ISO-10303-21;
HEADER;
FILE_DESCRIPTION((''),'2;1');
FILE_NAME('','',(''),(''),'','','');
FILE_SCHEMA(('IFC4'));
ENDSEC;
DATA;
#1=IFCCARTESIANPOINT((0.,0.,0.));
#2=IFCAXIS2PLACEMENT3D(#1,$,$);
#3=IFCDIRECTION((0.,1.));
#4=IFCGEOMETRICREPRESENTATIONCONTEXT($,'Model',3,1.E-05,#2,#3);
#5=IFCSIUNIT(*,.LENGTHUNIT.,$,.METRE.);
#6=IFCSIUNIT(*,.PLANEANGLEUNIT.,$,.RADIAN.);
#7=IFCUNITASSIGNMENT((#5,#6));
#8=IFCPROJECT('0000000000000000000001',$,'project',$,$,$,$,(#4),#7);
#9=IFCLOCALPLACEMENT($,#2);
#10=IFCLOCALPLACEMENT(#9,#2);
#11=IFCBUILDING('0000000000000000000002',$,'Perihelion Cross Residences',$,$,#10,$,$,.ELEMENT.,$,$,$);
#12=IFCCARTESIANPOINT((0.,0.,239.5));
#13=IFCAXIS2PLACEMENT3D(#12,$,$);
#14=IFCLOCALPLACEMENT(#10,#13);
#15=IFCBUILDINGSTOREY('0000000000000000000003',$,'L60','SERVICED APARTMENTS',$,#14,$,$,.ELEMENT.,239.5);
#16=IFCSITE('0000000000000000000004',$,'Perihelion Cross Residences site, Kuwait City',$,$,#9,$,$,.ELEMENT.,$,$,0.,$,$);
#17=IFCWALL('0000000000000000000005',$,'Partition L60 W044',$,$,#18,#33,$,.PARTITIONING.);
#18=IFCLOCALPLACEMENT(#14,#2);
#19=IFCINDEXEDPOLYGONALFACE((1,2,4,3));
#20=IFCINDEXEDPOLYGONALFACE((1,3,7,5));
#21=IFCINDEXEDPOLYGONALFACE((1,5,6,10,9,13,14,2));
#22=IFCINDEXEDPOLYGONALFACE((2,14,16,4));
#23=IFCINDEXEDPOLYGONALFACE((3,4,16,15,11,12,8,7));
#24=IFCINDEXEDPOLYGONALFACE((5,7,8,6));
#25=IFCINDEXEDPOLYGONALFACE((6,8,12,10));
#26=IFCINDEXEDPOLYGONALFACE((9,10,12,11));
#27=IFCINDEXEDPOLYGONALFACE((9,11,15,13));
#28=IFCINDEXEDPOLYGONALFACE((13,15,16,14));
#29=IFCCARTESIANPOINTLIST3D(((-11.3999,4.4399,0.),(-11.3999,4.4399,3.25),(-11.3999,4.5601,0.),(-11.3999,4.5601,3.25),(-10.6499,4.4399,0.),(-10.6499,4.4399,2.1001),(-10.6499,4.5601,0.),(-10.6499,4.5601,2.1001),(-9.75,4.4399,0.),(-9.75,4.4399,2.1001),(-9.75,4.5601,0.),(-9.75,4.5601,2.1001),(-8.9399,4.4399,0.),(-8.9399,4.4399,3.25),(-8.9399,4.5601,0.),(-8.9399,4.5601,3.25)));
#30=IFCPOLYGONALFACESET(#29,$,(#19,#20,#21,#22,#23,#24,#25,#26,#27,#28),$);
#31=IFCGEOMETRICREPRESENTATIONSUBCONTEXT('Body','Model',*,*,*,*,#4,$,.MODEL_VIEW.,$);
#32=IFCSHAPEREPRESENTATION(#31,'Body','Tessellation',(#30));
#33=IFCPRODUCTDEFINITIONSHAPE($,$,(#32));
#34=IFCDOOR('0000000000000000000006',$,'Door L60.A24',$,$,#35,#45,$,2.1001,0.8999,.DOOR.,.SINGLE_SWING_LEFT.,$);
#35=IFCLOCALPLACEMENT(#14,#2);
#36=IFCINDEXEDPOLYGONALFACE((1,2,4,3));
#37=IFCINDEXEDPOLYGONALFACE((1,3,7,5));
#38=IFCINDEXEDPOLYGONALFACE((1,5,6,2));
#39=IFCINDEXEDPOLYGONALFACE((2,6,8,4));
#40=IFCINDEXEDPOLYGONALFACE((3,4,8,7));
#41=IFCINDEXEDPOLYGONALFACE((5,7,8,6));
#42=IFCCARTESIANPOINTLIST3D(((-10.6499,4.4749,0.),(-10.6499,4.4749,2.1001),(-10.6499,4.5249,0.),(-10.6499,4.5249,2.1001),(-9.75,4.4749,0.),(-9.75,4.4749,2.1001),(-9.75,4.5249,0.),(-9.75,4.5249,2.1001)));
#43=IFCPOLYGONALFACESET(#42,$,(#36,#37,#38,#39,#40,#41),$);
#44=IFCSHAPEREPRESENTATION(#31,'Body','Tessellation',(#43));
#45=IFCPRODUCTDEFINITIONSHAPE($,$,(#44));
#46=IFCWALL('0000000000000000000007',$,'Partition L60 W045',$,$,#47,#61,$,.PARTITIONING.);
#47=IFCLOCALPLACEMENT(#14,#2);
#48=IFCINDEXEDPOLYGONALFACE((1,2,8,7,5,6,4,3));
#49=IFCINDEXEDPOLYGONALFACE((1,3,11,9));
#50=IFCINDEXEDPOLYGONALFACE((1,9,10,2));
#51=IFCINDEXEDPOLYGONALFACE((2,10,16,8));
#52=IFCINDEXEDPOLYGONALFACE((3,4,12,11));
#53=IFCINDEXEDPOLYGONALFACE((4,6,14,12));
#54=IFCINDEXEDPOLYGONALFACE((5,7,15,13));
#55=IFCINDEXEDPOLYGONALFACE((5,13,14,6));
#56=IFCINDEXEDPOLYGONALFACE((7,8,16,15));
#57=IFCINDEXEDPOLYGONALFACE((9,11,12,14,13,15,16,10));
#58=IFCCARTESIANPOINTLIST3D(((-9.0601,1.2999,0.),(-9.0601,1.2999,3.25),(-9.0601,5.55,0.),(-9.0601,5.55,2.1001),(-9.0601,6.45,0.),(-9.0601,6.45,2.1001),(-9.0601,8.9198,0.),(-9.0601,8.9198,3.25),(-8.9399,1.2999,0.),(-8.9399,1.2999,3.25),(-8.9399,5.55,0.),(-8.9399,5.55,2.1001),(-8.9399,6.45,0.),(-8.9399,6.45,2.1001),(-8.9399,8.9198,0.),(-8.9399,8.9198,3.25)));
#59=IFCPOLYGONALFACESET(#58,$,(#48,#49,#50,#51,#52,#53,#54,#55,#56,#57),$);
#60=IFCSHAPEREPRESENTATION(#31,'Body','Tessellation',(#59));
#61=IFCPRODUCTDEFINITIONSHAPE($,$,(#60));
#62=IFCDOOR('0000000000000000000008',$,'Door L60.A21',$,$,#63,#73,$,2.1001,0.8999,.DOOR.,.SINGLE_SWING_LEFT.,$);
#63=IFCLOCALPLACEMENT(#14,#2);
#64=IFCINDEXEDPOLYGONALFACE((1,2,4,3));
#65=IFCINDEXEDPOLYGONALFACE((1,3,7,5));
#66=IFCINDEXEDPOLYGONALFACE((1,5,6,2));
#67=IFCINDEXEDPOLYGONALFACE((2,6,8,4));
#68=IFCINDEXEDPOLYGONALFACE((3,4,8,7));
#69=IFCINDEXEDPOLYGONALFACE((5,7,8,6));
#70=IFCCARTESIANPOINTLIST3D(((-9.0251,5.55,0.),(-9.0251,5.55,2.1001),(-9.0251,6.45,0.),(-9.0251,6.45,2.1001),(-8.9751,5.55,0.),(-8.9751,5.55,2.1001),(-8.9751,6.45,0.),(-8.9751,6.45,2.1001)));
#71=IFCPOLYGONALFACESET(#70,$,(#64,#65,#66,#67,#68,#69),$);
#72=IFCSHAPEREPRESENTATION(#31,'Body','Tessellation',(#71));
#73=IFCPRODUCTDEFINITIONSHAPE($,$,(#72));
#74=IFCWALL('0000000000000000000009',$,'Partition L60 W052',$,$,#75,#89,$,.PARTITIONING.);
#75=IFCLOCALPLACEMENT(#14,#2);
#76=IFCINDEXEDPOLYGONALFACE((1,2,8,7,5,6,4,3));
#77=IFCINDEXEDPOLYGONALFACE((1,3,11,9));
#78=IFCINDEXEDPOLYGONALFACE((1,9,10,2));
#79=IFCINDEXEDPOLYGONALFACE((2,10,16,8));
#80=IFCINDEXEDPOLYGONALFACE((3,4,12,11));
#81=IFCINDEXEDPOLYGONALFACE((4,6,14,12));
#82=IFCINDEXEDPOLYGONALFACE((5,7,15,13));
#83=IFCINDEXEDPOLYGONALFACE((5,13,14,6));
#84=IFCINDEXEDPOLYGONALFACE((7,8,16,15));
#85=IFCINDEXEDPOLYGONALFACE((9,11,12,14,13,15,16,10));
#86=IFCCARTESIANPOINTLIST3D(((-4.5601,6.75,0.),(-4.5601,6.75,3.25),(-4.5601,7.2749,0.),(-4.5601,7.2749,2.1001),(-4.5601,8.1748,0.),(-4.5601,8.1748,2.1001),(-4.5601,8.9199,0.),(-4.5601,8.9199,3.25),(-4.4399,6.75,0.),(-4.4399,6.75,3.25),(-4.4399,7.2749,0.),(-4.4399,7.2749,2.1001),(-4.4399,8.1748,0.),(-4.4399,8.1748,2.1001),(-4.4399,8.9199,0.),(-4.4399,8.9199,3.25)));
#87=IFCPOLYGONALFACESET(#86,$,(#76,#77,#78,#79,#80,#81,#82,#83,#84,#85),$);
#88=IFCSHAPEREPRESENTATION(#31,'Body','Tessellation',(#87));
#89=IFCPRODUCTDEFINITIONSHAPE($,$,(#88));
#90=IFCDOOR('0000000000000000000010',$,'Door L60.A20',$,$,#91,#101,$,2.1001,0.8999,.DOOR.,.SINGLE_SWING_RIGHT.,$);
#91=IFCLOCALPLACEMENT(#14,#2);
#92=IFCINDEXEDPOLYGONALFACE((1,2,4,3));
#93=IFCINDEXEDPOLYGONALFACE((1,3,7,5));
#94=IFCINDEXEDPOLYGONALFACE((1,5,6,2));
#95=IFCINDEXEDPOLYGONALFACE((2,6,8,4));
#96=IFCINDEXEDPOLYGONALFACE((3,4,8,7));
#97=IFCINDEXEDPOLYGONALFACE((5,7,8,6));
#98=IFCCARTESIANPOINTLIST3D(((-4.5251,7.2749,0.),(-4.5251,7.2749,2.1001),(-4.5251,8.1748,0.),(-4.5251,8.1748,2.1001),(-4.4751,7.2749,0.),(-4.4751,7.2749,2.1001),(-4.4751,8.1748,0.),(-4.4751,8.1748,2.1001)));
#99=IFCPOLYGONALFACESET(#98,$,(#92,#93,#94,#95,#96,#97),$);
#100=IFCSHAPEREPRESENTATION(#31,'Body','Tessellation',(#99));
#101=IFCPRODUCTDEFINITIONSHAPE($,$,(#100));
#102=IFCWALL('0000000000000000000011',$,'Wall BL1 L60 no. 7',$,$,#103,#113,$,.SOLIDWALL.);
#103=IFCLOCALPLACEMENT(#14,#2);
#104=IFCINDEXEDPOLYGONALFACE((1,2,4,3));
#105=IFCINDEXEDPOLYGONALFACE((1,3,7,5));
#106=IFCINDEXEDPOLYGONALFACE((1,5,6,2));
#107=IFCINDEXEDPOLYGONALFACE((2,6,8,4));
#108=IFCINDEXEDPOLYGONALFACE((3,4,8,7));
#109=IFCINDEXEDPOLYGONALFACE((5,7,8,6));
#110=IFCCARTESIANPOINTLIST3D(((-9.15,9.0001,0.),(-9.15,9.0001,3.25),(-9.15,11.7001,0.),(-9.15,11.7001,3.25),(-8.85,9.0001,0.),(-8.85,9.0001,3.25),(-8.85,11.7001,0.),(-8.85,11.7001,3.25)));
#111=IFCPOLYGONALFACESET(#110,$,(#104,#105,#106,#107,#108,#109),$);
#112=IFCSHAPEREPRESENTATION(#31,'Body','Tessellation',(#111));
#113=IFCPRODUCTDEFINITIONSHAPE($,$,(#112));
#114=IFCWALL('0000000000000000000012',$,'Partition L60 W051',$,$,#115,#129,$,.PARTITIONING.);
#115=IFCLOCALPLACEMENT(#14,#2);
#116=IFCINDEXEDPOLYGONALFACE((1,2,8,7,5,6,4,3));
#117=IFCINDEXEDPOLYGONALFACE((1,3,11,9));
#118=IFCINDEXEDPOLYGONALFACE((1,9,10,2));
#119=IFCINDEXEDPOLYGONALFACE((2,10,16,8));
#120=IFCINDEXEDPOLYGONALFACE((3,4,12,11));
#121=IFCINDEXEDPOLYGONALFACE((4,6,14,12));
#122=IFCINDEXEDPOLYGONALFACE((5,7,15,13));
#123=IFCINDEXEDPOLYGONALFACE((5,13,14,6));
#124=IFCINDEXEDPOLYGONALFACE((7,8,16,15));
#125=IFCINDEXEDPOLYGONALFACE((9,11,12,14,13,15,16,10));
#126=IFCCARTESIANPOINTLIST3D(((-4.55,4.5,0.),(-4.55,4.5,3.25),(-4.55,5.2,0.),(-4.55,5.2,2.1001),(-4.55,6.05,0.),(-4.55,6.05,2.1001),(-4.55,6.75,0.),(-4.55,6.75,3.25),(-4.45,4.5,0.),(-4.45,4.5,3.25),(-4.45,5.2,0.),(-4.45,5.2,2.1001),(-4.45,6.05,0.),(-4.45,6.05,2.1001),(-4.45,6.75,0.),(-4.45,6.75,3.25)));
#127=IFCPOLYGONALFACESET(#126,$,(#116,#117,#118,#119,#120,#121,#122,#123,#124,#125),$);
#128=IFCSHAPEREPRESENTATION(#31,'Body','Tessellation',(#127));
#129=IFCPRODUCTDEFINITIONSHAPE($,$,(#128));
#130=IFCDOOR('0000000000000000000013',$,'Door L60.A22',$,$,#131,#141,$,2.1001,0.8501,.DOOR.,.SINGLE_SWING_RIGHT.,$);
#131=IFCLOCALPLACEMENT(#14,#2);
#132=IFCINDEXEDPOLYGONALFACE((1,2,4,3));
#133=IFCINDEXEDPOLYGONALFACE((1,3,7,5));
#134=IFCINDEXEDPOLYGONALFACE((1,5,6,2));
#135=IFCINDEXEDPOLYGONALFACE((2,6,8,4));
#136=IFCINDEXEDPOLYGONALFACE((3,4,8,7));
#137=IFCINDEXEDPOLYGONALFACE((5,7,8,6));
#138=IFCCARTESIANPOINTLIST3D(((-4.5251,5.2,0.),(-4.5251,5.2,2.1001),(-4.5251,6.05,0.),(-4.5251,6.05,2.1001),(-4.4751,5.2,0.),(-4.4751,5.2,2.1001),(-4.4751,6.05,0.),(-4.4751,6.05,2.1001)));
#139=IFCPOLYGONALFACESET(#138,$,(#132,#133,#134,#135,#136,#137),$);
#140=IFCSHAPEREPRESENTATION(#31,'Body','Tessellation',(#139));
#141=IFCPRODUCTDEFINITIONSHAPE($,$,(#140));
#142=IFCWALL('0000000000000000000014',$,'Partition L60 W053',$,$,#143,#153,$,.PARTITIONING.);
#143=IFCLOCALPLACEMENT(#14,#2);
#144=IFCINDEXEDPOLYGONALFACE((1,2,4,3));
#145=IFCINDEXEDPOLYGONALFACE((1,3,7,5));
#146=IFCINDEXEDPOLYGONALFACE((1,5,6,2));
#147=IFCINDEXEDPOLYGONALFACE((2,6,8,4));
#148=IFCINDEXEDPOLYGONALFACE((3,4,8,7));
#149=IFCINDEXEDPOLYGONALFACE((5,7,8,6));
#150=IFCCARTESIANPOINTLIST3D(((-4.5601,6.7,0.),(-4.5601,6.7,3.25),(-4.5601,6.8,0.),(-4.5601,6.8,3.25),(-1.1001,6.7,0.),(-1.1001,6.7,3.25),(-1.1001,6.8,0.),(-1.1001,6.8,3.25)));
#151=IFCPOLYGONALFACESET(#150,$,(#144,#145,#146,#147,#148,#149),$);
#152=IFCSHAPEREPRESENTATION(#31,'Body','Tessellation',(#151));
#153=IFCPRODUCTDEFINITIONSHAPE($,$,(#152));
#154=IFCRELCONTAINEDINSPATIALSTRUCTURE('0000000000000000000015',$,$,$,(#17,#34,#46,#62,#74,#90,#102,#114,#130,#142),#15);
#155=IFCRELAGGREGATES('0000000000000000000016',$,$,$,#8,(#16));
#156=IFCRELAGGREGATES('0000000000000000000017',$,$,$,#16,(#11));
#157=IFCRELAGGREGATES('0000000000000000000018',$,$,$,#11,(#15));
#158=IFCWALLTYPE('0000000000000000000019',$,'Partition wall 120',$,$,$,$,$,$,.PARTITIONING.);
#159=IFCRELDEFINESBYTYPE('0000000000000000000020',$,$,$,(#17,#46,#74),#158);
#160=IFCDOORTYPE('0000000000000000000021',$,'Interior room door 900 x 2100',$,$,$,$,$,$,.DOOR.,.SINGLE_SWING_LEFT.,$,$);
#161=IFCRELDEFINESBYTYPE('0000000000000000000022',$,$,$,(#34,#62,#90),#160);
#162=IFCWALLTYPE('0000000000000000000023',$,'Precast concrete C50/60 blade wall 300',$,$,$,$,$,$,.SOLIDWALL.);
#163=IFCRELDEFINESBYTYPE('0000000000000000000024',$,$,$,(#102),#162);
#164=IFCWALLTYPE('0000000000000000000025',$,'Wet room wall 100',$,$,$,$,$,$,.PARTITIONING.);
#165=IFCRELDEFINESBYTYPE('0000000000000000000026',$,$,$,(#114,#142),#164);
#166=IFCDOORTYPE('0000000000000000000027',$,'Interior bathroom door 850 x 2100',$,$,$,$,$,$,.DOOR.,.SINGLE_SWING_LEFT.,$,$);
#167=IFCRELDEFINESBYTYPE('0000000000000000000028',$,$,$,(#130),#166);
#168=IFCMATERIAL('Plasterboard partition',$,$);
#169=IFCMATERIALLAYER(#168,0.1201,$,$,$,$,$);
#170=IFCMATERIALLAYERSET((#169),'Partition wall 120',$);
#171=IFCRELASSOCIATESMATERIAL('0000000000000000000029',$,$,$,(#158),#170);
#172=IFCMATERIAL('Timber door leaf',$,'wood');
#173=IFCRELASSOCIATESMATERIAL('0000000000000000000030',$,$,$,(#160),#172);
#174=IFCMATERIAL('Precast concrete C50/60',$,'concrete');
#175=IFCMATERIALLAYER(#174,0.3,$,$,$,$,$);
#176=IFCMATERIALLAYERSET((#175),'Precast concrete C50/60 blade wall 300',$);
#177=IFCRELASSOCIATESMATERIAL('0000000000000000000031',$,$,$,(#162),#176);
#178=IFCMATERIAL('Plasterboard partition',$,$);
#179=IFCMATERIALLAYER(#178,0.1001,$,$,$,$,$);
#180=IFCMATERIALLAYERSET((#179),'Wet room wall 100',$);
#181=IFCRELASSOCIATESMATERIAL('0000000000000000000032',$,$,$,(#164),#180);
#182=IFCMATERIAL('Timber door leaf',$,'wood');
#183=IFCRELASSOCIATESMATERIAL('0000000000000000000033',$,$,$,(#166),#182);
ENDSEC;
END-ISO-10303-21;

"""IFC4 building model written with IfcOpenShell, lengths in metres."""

from ifc_helpers import new_model, si_unit, direction, frame, frame_2d, origin, place, context, subcontext, project, spatial, rectangle, extrude, material, layer, layer_set, type_object, element, fill, save


model = new_model("IFC4")

# Units and contexts
model_context = context("Model", 3, precision=1e-05, world=origin(), true_north=direction((0.0, 1.0)))
body_context = subcontext(model_context, "Body", "Model", "MODEL_VIEW")
ifc_project = project(units=[si_unit("LENGTHUNIT", "METRE"), si_unit("PLANEANGLEUNIT", "RADIAN")], contexts=[model_context])

# Site, building, storey
site_placement = place(None, origin())
site = spatial("IfcSite", under=ifc_project, at=site_placement, Name="Perihelion Cross Residences site, Kuwait City", CompositionType="ELEMENT", RefElevation=0.0)
building_placement = place(site_placement, origin())
building = spatial("IfcBuilding", under=site, at=building_placement, Name="Perihelion Cross Residences", CompositionType="ELEMENT")
storey_placement = place(building_placement, frame((0.0, 0.0, 239.5)))
storey = spatial("IfcBuildingStorey", under=building, at=storey_placement, Name="L60", Description="SERVICED APARTMENTS", CompositionType="ELEMENT", Elevation=239.5)

# Shared definitions
ifc_material_1 = material(Name="Plasterboard partition")
ifc_layer_1 = layer(ifc_material_1, 0.1201)
ifc_layer_set_1 = layer_set([ifc_layer_1], Name="Partition wall 120")
wall_type_1 = type_object("IfcWallType", Name="Partition wall 120", PredefinedType="PARTITIONING", material=ifc_layer_set_1)

# Walls, openings, doors
wall_1_placement = place(storey_placement, frame((-11.3999, 4.5, 0.0), z_axis=(0.0, 0.0, 1.0), x_axis=(1.0, 0.0, 0.0)))
wall_1 = element("IfcWall", 1, at=wall_1_placement, inside=storey, type_object=wall_type_1, Name="Partition L60 W044", PredefinedType="PARTITIONING", context=body_context, shape_type="SweptSolid", body=[
    extrude(rectangle(XDim=2.46, YDim=0.1201, at=frame_2d((1.23, 0.0))), origin(), (0.0, 0.0, 1.0), 3.25),
])
opening_1_placement = place(wall_1_placement, frame((0.75, 0.0, 0.0)))
opening_1 = element("IfcOpeningElement", 2, at=opening_1_placement, cuts=wall_1, PredefinedType="OPENING", context=body_context, shape_type="SweptSolid", body=[
    extrude(rectangle(XDim=0.8999, YDim=2.1001, at=frame_2d((0.45, 1.05))), frame((0.0, 0.0701, 0.0), z_axis=(0.0, -1.0, 0.0), x_axis=(1.0, 0.0, 0.0)), (0.0, 0.0, 1.0), 0.1401),
])
ifc_material_2 = material(Name="Timber door leaf", Category="wood")
door_type_1 = type_object("IfcDoorType", Name="Interior room door 900 x 2100", OperationType="SINGLE_SWING_LEFT", PredefinedType="DOOR", material=ifc_material_2)
door_1_placement = place(opening_1_placement, origin())
door_1 = element("IfcDoor", 3, at=door_1_placement, inside=storey, type_object=door_type_1, Name="Door L60.A24", OperationType="SINGLE_SWING_LEFT", OverallHeight=2.1001, OverallWidth=0.8999, PredefinedType="DOOR", context=body_context, shape_type="SweptSolid", body=[
    extrude(rectangle(XDim=0.8999, YDim=2.1001, at=frame_2d((0.45, 1.05))), frame((0.0, 0.0249, 0.0), z_axis=(0.0, -1.0, 0.0), x_axis=(1.0, 0.0, 0.0)), (0.0, 0.0, 1.0), 0.05),
])
fill(opening_1, door_1)
wall_2_placement = place(storey_placement, frame((-9.0, 8.9199, 0.0), z_axis=(0.0, 0.0, 1.0), x_axis=(0.0, -1.0, 0.0)))
wall_2 = element("IfcWall", 4, at=wall_2_placement, inside=storey, type_object=wall_type_1, Name="Partition L60 W045", PredefinedType="PARTITIONING", context=body_context, shape_type="SweptSolid", body=[
    extrude(rectangle(XDim=7.6199, YDim=0.1201, at=frame_2d((3.8101, 0.0))), origin(), (0.0, 0.0, 1.0), 3.25),
])
opening_2_placement = place(wall_2_placement, frame((2.47, 0.0, 0.0)))
opening_2 = element("IfcOpeningElement", 5, at=opening_2_placement, cuts=wall_2, PredefinedType="OPENING", context=body_context, shape_type="SweptSolid", body=[
    extrude(rectangle(XDim=0.8999, YDim=2.1001, at=frame_2d((0.45, 1.05))), frame((0.0, 0.0701, 0.0), z_axis=(0.0, -1.0, 0.0), x_axis=(1.0, 0.0, 0.0)), (0.0, 0.0, 1.0), 0.1401),
])
door_2_placement = place(opening_2_placement, origin())
door_2 = element("IfcDoor", 6, at=door_2_placement, inside=storey, type_object=door_type_1, Name="Door L60.A21", OperationType="SINGLE_SWING_LEFT", OverallHeight=2.1001, OverallWidth=0.8999, PredefinedType="DOOR", context=body_context, shape_type="SweptSolid", body=[
    extrude(rectangle(XDim=0.8999, YDim=2.1001, at=frame_2d((0.45, 1.05))), frame((0.0, 0.0249, 0.0), z_axis=(0.0, -1.0, 0.0), x_axis=(1.0, 0.0, 0.0)), (0.0, 0.0, 1.0), 0.05),
])
fill(opening_2, door_2)
wall_3_placement = place(storey_placement, frame((-4.5, 8.9199, 0.0), z_axis=(0.0, 0.0, 1.0), x_axis=(0.0, -1.0, 0.0)))
wall_3 = element("IfcWall", 7, at=wall_3_placement, inside=storey, type_object=wall_type_1, Name="Partition L60 W052", PredefinedType="PARTITIONING", context=body_context, shape_type="SweptSolid", body=[
    extrude(rectangle(XDim=2.1699, YDim=0.1201, at=frame_2d((1.085, 0.0))), origin(), (0.0, 0.0, 1.0), 3.25),
])
opening_3_placement = place(wall_3_placement, frame((0.7451, 0.0, 0.0)))
opening_3 = element("IfcOpeningElement", 8, at=opening_3_placement, cuts=wall_3, PredefinedType="OPENING", context=body_context, shape_type="SweptSolid", body=[
    extrude(rectangle(XDim=0.8999, YDim=2.1001, at=frame_2d((0.45, 1.05))), frame((0.0, 0.0701, 0.0), z_axis=(0.0, -1.0, 0.0), x_axis=(1.0, 0.0, 0.0)), (0.0, 0.0, 1.0), 0.1401),
])
door_3_placement = place(opening_3_placement, origin())
door_3 = element("IfcDoor", 9, at=door_3_placement, inside=storey, type_object=door_type_1, Name="Door L60.A20", OperationType="SINGLE_SWING_RIGHT", OverallHeight=2.1001, OverallWidth=0.8999, PredefinedType="DOOR", context=body_context, shape_type="SweptSolid", body=[
    extrude(rectangle(XDim=0.8999, YDim=2.1001, at=frame_2d((0.45, 1.05))), frame((0.0, 0.0249, 0.0), z_axis=(0.0, -1.0, 0.0), x_axis=(1.0, 0.0, 0.0)), (0.0, 0.0, 1.0), 0.05),
])
fill(opening_3, door_3)

# Wall
ifc_material_3 = material(Name="Precast concrete C50/60", Category="concrete")
ifc_layer_2 = layer(ifc_material_3, 0.3)
ifc_layer_set_2 = layer_set([ifc_layer_2], Name="Precast concrete C50/60 blade wall 300")
wall_type_2 = type_object("IfcWallType", Name="Precast concrete C50/60 blade wall 300", PredefinedType="SOLIDWALL", material=ifc_layer_set_2)
wall_4_placement = place(storey_placement, frame((-9.0, 9.0, 0.0), z_axis=(0.0, 0.0, 1.0), x_axis=(0.0, 1.0, 0.0)))
element("IfcWall", 10, at=wall_4_placement, inside=storey, type_object=wall_type_2, Name="Wall BL1 L60 no. 7", PredefinedType="SOLIDWALL", context=body_context, shape_type="SweptSolid", body=[
    extrude(rectangle(XDim=2.7, YDim=0.3, at=frame_2d((1.3501, 0.0))), origin(), (0.0, 0.0, 1.0), 3.25),
])

# Wall, opening, door
ifc_material_4 = material(Name="Plasterboard partition")
ifc_layer_3 = layer(ifc_material_4, 0.1001)
ifc_layer_set_3 = layer_set([ifc_layer_3], Name="Wet room wall 100")
wall_type_3 = type_object("IfcWallType", Name="Wet room wall 100", PredefinedType="PARTITIONING", material=ifc_layer_set_3)
wall_5_placement = place(storey_placement, frame((-4.5, 6.75, 0.0), z_axis=(0.0, 0.0, 1.0), x_axis=(0.0, -1.0, 0.0)))
wall_5 = element("IfcWall", 11, at=wall_5_placement, inside=storey, type_object=wall_type_3, Name="Partition L60 W051", PredefinedType="PARTITIONING", context=body_context, shape_type="SweptSolid", body=[
    extrude(rectangle(XDim=2.25, YDim=0.1001, at=frame_2d((1.125, 0.0))), origin(), (0.0, 0.0, 1.0), 3.25),
])
opening_4_placement = place(wall_5_placement, frame((0.7, 0.0, 0.0)))
opening_4 = element("IfcOpeningElement", 12, at=opening_4_placement, cuts=wall_5, PredefinedType="OPENING", context=body_context, shape_type="SweptSolid", body=[
    extrude(rectangle(XDim=0.8501, YDim=2.1001, at=frame_2d((0.425, 1.05))), frame((0.0, 0.0601, 0.0), z_axis=(0.0, -1.0, 0.0), x_axis=(1.0, 0.0, 0.0)), (0.0, 0.0, 1.0), 0.1201),
])
ifc_material_5 = material(Name="Timber door leaf", Category="wood")
door_type_2 = type_object("IfcDoorType", Name="Interior bathroom door 850 x 2100", OperationType="SINGLE_SWING_LEFT", PredefinedType="DOOR", material=ifc_material_5)
door_4_placement = place(opening_4_placement, origin())
door_4 = element("IfcDoor", 13, at=door_4_placement, inside=storey, type_object=door_type_2, Name="Door L60.A22", OperationType="SINGLE_SWING_RIGHT", OverallHeight=2.1001, OverallWidth=0.8501, PredefinedType="DOOR", context=body_context, shape_type="SweptSolid", body=[
    extrude(rectangle(XDim=0.8501, YDim=2.1001, at=frame_2d((0.425, 1.05))), frame((0.0, 0.0249, 0.0), z_axis=(0.0, -1.0, 0.0), x_axis=(1.0, 0.0, 0.0)), (0.0, 0.0, 1.0), 0.05),
])
fill(opening_4, door_4)

# Wall
wall_6_placement = place(storey_placement, frame((-4.5601, 6.75, 0.0), z_axis=(0.0, 0.0, 1.0), x_axis=(1.0, 0.0, 0.0)))
element("IfcWall", 14, at=wall_6_placement, inside=storey, type_object=wall_type_3, Name="Partition L60 W053", PredefinedType="PARTITIONING", context=body_context, shape_type="SweptSolid", body=[
    extrude(rectangle(XDim=3.46, YDim=0.1001, at=frame_2d((1.73, 0.0))), origin(), (0.0, 0.0, 1.0), 3.25),
])

save(model, "model.ifc")
